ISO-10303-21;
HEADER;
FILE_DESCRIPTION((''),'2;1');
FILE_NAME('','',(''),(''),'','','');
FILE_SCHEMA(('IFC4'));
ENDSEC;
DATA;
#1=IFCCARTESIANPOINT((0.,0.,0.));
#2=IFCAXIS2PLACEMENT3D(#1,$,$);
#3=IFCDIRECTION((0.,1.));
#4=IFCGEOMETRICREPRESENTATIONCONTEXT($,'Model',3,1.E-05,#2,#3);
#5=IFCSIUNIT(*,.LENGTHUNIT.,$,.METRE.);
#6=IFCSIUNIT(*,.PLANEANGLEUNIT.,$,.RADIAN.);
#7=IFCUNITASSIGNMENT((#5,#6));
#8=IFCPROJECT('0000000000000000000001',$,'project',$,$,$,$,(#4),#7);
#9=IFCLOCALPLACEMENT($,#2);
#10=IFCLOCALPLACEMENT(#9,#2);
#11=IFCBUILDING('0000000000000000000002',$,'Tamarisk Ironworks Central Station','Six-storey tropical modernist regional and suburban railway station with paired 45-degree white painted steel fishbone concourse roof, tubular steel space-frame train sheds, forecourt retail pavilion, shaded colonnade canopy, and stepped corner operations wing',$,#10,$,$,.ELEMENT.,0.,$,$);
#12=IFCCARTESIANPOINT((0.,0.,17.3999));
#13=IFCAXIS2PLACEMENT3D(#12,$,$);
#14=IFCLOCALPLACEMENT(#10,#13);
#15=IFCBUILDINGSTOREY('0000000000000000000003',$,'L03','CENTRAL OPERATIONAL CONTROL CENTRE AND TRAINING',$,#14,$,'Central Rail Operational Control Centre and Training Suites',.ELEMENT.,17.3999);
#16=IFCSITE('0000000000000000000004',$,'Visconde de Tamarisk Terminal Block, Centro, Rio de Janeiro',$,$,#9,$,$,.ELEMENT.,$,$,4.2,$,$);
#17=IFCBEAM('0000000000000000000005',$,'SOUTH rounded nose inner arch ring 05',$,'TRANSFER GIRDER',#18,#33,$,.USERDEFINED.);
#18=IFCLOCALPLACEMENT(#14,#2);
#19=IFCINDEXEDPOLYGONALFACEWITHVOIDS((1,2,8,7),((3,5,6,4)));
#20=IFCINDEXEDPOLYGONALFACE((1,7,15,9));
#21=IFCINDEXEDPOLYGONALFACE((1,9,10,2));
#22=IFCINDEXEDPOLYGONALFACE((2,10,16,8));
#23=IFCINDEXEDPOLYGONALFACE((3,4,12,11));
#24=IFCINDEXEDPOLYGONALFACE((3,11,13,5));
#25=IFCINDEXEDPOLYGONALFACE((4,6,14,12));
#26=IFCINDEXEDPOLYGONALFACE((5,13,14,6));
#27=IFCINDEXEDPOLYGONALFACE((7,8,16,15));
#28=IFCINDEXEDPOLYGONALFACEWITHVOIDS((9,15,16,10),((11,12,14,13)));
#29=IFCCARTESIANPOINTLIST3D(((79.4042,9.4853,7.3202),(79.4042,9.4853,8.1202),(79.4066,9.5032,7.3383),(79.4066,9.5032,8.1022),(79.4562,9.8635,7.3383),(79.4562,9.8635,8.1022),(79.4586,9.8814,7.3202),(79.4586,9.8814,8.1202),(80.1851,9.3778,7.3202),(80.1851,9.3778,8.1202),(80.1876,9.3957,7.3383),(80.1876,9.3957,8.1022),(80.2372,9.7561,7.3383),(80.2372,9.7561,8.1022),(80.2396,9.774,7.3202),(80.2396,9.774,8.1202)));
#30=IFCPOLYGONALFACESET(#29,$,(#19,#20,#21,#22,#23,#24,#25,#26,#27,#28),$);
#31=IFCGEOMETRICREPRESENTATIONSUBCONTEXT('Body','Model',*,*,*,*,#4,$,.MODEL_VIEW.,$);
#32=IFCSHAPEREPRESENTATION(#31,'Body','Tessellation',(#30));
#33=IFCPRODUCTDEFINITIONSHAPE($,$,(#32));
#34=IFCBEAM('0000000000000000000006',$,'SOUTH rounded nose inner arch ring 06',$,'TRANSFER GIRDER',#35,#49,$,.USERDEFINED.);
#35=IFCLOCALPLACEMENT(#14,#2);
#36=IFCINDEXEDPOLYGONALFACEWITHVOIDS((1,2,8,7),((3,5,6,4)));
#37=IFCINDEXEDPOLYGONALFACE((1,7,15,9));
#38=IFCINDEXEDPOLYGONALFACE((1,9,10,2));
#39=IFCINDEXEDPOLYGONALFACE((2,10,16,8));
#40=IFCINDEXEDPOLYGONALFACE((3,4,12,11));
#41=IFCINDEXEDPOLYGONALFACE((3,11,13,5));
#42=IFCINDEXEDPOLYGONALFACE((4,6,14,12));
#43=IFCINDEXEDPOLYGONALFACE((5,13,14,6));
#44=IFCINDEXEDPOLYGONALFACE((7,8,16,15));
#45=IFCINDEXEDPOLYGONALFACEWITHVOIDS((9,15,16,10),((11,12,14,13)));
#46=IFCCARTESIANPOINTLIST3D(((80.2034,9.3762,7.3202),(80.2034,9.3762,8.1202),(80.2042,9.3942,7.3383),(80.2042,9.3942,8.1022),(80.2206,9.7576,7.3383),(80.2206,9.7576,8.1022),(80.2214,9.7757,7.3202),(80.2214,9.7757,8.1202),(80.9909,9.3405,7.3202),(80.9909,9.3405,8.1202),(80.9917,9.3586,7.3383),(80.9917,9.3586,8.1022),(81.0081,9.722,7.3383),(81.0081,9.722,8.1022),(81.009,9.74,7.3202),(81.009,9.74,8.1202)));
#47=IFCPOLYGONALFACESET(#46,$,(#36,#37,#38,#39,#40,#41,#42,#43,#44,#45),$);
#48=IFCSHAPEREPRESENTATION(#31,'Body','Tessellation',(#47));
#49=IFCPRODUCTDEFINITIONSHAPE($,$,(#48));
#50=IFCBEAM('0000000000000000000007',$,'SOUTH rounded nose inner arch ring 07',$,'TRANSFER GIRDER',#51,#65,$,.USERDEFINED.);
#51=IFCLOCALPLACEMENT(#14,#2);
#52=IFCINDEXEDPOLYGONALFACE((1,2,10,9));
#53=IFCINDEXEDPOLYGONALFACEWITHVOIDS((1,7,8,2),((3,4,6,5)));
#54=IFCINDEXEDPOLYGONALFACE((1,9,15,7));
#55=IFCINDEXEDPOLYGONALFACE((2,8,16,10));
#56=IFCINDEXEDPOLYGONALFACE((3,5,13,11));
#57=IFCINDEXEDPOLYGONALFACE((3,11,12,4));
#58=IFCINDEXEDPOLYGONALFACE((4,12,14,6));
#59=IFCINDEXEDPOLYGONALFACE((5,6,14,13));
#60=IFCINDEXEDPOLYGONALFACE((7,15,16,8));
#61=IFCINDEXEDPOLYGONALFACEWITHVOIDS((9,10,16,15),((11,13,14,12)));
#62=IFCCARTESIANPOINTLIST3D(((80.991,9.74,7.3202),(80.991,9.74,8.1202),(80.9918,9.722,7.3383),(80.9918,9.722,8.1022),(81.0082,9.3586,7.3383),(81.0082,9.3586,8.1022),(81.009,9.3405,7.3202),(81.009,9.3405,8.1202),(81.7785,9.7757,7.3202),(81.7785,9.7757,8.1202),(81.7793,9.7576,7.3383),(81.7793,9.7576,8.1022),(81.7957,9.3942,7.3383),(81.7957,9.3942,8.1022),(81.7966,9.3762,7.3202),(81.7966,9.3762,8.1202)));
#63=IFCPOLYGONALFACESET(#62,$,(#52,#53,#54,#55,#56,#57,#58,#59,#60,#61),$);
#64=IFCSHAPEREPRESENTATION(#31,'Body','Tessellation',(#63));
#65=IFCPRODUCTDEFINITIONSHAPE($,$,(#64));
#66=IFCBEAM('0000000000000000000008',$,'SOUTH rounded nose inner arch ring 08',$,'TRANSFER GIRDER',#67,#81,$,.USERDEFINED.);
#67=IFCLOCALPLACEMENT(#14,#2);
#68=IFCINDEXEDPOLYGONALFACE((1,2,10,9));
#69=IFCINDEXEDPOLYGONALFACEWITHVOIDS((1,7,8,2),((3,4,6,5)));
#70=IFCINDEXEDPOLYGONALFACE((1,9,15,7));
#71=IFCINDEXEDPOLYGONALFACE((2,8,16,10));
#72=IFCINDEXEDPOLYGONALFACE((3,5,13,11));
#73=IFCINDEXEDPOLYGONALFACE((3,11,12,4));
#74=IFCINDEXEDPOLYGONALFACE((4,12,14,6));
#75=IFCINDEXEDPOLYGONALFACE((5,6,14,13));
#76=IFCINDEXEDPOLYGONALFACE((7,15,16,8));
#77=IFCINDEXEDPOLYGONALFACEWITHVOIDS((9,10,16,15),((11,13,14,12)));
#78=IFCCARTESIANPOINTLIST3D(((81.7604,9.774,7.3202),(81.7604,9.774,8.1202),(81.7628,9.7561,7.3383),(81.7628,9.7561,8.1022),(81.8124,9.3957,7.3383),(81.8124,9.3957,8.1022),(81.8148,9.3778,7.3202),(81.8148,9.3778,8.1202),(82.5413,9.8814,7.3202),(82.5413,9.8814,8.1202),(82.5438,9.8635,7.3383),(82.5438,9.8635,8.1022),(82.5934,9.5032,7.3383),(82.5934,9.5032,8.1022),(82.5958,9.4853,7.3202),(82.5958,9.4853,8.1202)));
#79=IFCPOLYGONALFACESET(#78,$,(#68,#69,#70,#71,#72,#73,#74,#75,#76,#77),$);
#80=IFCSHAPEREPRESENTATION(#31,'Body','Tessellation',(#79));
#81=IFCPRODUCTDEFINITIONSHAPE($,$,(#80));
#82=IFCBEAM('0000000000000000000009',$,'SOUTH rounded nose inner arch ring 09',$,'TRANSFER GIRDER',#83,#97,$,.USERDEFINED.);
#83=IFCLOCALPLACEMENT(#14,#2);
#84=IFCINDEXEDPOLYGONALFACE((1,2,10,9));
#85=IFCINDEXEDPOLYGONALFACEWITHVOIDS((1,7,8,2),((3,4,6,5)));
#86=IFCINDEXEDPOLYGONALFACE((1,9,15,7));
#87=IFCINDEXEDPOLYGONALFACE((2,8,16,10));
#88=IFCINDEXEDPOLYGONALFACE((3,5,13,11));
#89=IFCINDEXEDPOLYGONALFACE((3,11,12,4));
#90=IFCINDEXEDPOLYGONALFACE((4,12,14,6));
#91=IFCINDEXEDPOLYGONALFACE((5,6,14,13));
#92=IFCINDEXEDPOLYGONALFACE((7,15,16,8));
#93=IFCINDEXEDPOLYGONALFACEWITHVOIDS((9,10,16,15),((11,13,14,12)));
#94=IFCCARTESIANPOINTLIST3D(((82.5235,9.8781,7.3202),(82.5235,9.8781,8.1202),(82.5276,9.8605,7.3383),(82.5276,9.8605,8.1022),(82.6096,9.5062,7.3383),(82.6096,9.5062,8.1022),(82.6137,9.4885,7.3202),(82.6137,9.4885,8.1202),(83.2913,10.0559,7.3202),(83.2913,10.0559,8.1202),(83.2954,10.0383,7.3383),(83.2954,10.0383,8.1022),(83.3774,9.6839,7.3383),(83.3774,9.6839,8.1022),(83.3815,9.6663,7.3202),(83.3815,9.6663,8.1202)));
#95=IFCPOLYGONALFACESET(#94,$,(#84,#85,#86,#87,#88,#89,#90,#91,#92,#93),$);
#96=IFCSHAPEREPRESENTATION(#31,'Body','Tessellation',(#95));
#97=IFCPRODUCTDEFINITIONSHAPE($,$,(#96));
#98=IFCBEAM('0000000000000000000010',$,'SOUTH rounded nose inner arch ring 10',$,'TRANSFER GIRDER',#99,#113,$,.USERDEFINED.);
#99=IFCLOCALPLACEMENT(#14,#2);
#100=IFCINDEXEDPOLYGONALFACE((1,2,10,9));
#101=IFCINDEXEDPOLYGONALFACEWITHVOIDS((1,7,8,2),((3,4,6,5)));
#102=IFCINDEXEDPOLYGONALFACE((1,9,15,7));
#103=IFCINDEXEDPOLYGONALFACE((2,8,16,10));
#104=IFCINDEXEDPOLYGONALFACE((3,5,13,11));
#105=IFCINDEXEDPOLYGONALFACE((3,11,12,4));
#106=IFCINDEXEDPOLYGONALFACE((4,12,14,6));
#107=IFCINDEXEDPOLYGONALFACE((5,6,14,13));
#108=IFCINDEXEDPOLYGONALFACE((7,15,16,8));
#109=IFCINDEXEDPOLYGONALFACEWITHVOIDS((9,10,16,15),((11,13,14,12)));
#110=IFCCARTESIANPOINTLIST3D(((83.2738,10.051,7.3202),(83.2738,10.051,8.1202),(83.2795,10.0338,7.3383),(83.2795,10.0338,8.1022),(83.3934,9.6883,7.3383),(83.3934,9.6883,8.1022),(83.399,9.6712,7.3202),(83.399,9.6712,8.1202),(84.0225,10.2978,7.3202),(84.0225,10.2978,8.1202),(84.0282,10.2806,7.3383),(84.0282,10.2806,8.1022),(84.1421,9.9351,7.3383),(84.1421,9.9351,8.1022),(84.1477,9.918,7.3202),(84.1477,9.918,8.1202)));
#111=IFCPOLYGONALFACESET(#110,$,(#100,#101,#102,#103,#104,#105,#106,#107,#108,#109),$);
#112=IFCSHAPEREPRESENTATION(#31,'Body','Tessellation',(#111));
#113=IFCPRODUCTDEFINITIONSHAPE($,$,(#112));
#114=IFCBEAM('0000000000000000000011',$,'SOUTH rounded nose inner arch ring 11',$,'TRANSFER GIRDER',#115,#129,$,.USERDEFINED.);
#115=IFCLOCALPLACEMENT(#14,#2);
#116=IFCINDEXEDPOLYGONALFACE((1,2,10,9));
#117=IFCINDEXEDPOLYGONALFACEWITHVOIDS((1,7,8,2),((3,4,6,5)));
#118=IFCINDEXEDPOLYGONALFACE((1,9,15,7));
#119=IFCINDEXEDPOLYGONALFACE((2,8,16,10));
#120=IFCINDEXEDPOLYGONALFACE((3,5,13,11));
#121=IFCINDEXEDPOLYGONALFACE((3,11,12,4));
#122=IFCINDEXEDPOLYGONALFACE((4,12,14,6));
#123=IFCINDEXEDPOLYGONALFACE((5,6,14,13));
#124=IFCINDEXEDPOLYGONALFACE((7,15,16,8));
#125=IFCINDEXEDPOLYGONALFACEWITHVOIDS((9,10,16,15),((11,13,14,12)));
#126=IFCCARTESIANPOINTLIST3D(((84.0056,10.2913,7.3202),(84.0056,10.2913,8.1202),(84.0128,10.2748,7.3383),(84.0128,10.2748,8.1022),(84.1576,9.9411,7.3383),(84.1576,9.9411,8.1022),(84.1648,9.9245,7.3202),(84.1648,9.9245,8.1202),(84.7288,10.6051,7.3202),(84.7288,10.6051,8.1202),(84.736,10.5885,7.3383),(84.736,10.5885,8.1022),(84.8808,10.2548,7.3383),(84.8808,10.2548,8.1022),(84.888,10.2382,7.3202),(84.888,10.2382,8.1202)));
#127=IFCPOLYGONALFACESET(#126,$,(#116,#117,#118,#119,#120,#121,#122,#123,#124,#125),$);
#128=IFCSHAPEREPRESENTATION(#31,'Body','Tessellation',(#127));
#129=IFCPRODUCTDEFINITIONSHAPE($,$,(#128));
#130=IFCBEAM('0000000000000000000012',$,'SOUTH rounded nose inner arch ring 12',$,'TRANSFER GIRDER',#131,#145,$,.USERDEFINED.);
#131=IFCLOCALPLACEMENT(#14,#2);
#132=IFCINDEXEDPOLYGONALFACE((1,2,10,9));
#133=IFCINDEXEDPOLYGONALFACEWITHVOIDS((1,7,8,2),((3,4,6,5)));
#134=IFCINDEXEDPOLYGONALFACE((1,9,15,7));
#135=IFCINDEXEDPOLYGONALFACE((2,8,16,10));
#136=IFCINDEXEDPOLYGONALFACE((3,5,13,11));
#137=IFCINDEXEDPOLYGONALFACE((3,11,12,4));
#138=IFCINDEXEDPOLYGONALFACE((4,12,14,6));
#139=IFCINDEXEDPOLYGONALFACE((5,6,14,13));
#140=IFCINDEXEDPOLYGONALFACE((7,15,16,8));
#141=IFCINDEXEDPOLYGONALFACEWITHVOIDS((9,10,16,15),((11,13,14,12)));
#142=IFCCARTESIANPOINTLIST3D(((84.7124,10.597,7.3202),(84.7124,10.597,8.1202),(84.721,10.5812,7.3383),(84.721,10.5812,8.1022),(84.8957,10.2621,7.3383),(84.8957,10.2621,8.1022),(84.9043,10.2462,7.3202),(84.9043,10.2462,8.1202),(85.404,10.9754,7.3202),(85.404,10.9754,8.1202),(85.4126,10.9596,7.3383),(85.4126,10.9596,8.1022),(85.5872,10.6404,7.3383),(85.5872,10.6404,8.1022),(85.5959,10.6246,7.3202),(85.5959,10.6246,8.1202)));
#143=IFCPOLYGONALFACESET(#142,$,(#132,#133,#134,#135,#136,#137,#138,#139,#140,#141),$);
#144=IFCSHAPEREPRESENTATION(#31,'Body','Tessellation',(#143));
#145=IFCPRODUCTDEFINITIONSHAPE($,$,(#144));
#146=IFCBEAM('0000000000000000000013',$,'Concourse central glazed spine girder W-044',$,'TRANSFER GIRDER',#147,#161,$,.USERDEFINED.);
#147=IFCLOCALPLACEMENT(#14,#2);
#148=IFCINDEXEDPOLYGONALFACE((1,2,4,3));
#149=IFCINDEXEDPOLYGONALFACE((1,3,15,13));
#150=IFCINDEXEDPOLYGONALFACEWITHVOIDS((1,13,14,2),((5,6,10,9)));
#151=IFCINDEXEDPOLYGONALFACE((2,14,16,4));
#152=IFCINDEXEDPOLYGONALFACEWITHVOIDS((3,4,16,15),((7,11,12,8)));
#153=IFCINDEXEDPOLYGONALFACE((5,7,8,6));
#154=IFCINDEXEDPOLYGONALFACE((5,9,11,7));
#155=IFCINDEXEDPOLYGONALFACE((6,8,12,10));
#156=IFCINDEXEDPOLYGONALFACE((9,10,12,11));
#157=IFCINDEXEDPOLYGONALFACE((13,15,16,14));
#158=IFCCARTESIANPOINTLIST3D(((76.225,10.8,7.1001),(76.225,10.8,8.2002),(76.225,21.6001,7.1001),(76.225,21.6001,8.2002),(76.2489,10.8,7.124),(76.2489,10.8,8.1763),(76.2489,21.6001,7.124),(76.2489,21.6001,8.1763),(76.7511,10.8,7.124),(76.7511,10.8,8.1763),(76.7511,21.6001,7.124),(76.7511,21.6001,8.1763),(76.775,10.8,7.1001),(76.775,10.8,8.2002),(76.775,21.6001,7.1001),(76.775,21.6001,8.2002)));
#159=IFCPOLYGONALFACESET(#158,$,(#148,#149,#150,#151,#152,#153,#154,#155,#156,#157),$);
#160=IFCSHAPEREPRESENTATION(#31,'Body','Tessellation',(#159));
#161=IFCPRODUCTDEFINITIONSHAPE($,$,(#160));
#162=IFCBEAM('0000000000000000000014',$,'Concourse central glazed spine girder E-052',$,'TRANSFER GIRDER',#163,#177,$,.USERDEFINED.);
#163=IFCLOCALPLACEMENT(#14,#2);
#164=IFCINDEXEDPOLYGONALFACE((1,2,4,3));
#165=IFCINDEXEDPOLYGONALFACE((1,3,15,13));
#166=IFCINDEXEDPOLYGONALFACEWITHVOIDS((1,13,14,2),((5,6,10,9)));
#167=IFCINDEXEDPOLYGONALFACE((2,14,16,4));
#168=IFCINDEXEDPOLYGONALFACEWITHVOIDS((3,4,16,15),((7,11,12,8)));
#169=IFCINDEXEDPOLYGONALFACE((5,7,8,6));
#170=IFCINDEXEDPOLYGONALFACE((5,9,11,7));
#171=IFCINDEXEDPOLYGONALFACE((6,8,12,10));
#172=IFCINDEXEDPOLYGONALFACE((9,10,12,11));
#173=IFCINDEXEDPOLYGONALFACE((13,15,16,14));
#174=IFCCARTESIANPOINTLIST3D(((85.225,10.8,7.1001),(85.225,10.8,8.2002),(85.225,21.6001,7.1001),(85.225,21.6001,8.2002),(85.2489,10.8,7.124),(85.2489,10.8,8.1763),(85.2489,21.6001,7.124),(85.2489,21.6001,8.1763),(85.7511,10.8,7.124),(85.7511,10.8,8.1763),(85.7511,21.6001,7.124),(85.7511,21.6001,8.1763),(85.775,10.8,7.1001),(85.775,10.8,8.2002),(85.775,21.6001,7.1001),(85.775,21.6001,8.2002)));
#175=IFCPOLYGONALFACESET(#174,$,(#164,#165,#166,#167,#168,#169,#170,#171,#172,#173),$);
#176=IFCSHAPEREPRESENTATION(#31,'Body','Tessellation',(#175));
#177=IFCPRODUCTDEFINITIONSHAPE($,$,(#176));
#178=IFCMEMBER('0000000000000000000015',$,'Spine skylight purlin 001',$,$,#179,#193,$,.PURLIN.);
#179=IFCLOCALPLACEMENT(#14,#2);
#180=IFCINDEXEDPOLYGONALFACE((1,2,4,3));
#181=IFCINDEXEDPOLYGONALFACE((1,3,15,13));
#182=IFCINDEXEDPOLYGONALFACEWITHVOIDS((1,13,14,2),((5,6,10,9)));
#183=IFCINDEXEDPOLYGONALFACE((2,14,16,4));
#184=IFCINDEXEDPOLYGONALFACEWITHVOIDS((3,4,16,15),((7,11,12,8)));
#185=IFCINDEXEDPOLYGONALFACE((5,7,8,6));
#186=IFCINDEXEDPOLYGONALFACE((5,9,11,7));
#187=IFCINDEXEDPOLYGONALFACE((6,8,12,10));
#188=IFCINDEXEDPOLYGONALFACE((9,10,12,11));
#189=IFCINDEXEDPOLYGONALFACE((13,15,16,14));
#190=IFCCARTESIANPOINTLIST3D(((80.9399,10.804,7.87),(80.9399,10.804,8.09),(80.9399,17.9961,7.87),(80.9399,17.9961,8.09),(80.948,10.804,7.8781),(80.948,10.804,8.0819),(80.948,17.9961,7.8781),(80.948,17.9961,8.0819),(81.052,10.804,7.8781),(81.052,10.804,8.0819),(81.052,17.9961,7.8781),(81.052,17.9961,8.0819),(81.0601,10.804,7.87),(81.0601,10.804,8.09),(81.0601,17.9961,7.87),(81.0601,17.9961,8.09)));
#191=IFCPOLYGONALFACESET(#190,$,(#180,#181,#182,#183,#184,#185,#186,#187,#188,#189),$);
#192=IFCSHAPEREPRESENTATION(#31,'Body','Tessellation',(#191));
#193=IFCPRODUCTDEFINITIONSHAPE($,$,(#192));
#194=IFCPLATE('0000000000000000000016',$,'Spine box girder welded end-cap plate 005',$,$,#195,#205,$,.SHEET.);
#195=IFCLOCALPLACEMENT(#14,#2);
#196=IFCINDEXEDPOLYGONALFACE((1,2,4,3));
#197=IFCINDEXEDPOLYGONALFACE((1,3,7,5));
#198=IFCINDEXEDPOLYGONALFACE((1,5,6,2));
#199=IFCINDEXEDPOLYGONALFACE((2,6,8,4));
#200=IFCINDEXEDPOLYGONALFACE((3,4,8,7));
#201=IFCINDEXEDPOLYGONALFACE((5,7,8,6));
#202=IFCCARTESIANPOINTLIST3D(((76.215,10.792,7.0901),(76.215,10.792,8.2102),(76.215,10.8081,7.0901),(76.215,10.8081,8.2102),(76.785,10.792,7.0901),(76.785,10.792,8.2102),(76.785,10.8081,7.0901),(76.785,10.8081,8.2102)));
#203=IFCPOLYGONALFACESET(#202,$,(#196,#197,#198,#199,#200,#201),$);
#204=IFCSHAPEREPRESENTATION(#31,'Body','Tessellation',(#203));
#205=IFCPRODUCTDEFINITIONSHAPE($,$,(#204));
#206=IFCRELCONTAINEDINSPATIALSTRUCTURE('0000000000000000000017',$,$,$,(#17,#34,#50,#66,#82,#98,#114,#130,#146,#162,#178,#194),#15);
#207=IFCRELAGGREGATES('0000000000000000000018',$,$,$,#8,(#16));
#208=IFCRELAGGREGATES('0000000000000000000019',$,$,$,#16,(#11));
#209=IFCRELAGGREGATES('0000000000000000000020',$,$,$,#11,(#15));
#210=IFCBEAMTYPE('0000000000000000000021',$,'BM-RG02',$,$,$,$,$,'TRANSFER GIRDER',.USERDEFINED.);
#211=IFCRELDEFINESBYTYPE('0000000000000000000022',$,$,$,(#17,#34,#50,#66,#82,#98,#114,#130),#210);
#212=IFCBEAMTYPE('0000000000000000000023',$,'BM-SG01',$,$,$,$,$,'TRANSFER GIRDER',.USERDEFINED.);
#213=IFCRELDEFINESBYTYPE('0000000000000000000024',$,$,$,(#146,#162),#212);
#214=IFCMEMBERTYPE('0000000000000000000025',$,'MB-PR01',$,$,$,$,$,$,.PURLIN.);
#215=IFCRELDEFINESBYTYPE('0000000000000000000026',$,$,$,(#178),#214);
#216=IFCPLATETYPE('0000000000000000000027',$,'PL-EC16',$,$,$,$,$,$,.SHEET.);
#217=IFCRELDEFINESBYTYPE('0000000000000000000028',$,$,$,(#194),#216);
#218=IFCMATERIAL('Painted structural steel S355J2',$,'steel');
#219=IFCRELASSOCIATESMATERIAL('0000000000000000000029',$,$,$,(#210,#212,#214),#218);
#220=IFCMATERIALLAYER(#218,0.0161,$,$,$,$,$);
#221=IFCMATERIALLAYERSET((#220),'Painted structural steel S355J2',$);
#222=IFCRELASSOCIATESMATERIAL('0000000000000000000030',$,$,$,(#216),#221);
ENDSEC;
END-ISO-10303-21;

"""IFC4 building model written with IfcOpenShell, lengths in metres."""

from ifc_helpers import new_model, si_unit, direction, frame, origin, origin_2d, place, context, subcontext, project, spatial, rectangle, hollow_rectangle, extrude, material, layer, layer_set, material_profile, profile_set, type_object, element, save


model = new_model("IFC4")

# Units and contexts
model_context = context("Model", 3, precision=1e-05, world=origin(), true_north=direction((0.0, 1.0)))
body_context = subcontext(model_context, "Body", "Model", "MODEL_VIEW")
ifc_project = project(units=[si_unit("LENGTHUNIT", "METRE"), si_unit("PLANEANGLEUNIT", "RADIAN")], contexts=[model_context])

# Site, building, storey
site_placement = place(None, origin())
site = spatial("IfcSite", under=ifc_project, at=site_placement, Name="Visconde de Tamarisk Terminal Block, Centro, Rio de Janeiro", CompositionType="ELEMENT", RefElevation=4.2)
building_placement = place(site_placement, origin())
building = spatial("IfcBuilding", under=site, at=building_placement, Name="Tamarisk Ironworks Central Station", Description="Six-storey tropical modernist regional and suburban railway station with paired 45-degree white painted steel fishbone concourse roof, tubular steel space-frame train sheds, forecourt retail pavilion, shaded colonnade canopy, and stepped corner operations wing", CompositionType="ELEMENT", ElevationOfRefHeight=0.0)
storey_placement = place(building_placement, frame((0.0, 0.0, 17.3999)))
storey = spatial("IfcBuildingStorey", under=building, at=storey_placement, Name="L03", Description="CENTRAL OPERATIONAL CONTROL CENTRE AND TRAINING", LongName="Central Rail Operational Control Centre and Training Suites", CompositionType="ELEMENT", Elevation=17.3999)

# Beams
ifc_material_1 = material(Name="Painted structural steel S355J2", Category="steel")
ifc_material_profile_1 = material_profile(ifc_material_1, hollow_rectangle(XDim=0.3999, YDim=0.8, WallThickness=0.0181, at=origin_2d()), Name="BOX 400x800x18")
ifc_profile_set_1 = profile_set([ifc_material_profile_1], Name="Painted structural steel S355J2")
beam_type_1 = type_object("IfcBeamType", Name="BM-RG02", ElementType="TRANSFER GIRDER", PredefinedType="USERDEFINED", material=ifc_profile_set_1)
for number, where, z_axis, x_axis, name in (
    (1, (79.4314, 9.6833, 7.7202), (0.990673, -0.13626, 0.0), (0.13626, 0.990673, 0.0), "SOUTH rounded nose inner arch ring 05"),
    (2, (80.2124, 9.5759, 7.7202), (0.998977, -0.045211, 0.0), (0.045211, 0.998977, 0.0), "SOUTH rounded nose inner arch ring 06"),
    (3, (81.0, 9.5403, 7.7202), (0.998977, 0.045211, 0.0), (-0.045211, 0.998977, 0.0), "SOUTH rounded nose inner arch ring 07"),
    (4, (81.7876, 9.5759, 7.7202), (0.990673, 0.13626, 0.0), (-0.13626, 0.990673, 0.0), "SOUTH rounded nose inner arch ring 08"),
):
    element("IfcBeam", number, at=place(storey_placement, frame(where, z_axis=z_axis, x_axis=x_axis)), inside=storey, type_object=beam_type_1, Name=name, ObjectType="TRANSFER GIRDER", PredefinedType="USERDEFINED", context=body_context, shape_type="SweptSolid", body=[
        extrude(hollow_rectangle(XDim=0.3999, YDim=0.8, WallThickness=0.0181, at=origin_2d()), origin(), (0.0, 0.0, 1.0), 0.7883),
    ])
beam_1_placement = place(storey_placement, frame((82.5686, 9.6833, 7.7202), z_axis=(0.97424, 0.225516, 0.0), x_axis=(-0.225516, 0.97424, 0.0)))
element("IfcBeam", 5, at=beam_1_placement, inside=storey, type_object=beam_type_1, Name="SOUTH rounded nose inner arch ring 09", ObjectType="TRANSFER GIRDER", PredefinedType="USERDEFINED", context=body_context, shape_type="SweptSolid", body=[
    extrude(hollow_rectangle(XDim=0.3999, YDim=0.8, WallThickness=0.0181, at=origin_2d()), origin(), (0.0, 0.0, 1.0), 0.7881),
])
for number, where, z_axis, x_axis, name in (
    (6, (83.3364, 9.8611, 7.7202), (0.949731, 0.313067, 0.0), (-0.313067, 0.949731, 0.0), "SOUTH rounded nose inner arch ring 10"),
    (7, (84.0852, 10.1079, 7.7202), (0.91739, 0.39799, 0.0), (-0.39799, 0.91739, 0.0), "SOUTH rounded nose inner arch ring 11"),
    (8, (84.8083, 10.4216, 7.7202), (0.877279, 0.47998, 0.0), (-0.47998, 0.877279, 0.0), "SOUTH rounded nose inner arch ring 12"),
):
    element("IfcBeam", number, at=place(storey_placement, frame(where, z_axis=z_axis, x_axis=x_axis)), inside=storey, type_object=beam_type_1, Name=name, ObjectType="TRANSFER GIRDER", PredefinedType="USERDEFINED", context=body_context, shape_type="SweptSolid", body=[
        extrude(hollow_rectangle(XDim=0.3999, YDim=0.8, WallThickness=0.0181, at=origin_2d()), origin(), (0.0, 0.0, 1.0), 0.7883),
    ])
ifc_material_profile_2 = material_profile(ifc_material_1, hollow_rectangle(XDim=0.55, YDim=1.1001, WallThickness=0.0239, at=origin_2d()), Name="BOX 550x1100x24")
ifc_profile_set_2 = profile_set([ifc_material_profile_2], Name="Painted structural steel S355J2")
beam_type_2 = type_object("IfcBeamType", Name="BM-SG01", ElementType="TRANSFER GIRDER", PredefinedType="USERDEFINED", material=ifc_profile_set_2)
for number, where, z_axis, x_axis, name in (
    (9, (76.5, 10.8, 7.6501), (0.0, 1.0, 0.0), (-1.0, 0.0, 0.0), "Concourse central glazed spine girder W-044"),
    (10, (85.5, 10.8, 7.6501), (0.0, 1.0, 0.0), (-1.0, 0.0, 0.0), "Concourse central glazed spine girder E-052"),
):
    element("IfcBeam", number, at=place(storey_placement, frame(where, z_axis=z_axis, x_axis=x_axis)), inside=storey, type_object=beam_type_2, Name=name, ObjectType="TRANSFER GIRDER", PredefinedType="USERDEFINED", context=body_context, shape_type="SweptSolid", body=[
        extrude(hollow_rectangle(XDim=0.55, YDim=1.1001, WallThickness=0.0239, at=origin_2d()), origin(), (0.0, 0.0, 1.0), 10.8),
    ])

# Member
ifc_material_profile_3 = material_profile(ifc_material_1, hollow_rectangle(XDim=0.1201, YDim=0.22, WallThickness=0.0081, at=origin_2d()), Name="RHS 220x120x8")
ifc_profile_set_3 = profile_set([ifc_material_profile_3], Name="Painted structural steel S355J2")
member_type = type_object("IfcMemberType", Name="MB-PR01", PredefinedType="PURLIN", material=ifc_profile_set_3)
member_placement = place(storey_placement, frame((81.0, 10.804, 7.98), z_axis=(0.0, 1.0, 0.0), x_axis=(-1.0, 0.0, 0.0)))
element("IfcMember", 11, at=member_placement, inside=storey, type_object=member_type, Name="Spine skylight purlin 001", PredefinedType="PURLIN", context=body_context, shape_type="SweptSolid", body=[
    extrude(hollow_rectangle(XDim=0.1201, YDim=0.22, WallThickness=0.0081, at=origin_2d()), origin(), (0.0, 0.0, 1.0), 7.1921),
])

# Plate
ifc_layer_1 = layer(ifc_material_1, 0.0161)
ifc_layer_set_1 = layer_set([ifc_layer_1], Name="Painted structural steel S355J2")
plate_type_1 = type_object("IfcPlateType", Name="PL-EC16", PredefinedType="SHEET", material=ifc_layer_set_1)
for number, where, z_axis, x_axis, name in (
    (12, (76.5, 10.8, 7.0901), (0.0, 0.0, 1.0), (1.0, 0.0, 0.0), "Spine box girder welded end-cap plate 005"),
):
    element("IfcPlate", number, at=place(storey_placement, frame(where, z_axis=z_axis, x_axis=x_axis)), inside=storey, type_object=plate_type_1, Name=name, PredefinedType="SHEET", context=body_context, shape_type="SweptSolid", body=[
        extrude(rectangle(XDim=0.5701, YDim=0.0161, at=origin_2d()), origin(), (0.0, 0.0, 1.0), 1.1201),
    ])

save(model, "model.ifc")
